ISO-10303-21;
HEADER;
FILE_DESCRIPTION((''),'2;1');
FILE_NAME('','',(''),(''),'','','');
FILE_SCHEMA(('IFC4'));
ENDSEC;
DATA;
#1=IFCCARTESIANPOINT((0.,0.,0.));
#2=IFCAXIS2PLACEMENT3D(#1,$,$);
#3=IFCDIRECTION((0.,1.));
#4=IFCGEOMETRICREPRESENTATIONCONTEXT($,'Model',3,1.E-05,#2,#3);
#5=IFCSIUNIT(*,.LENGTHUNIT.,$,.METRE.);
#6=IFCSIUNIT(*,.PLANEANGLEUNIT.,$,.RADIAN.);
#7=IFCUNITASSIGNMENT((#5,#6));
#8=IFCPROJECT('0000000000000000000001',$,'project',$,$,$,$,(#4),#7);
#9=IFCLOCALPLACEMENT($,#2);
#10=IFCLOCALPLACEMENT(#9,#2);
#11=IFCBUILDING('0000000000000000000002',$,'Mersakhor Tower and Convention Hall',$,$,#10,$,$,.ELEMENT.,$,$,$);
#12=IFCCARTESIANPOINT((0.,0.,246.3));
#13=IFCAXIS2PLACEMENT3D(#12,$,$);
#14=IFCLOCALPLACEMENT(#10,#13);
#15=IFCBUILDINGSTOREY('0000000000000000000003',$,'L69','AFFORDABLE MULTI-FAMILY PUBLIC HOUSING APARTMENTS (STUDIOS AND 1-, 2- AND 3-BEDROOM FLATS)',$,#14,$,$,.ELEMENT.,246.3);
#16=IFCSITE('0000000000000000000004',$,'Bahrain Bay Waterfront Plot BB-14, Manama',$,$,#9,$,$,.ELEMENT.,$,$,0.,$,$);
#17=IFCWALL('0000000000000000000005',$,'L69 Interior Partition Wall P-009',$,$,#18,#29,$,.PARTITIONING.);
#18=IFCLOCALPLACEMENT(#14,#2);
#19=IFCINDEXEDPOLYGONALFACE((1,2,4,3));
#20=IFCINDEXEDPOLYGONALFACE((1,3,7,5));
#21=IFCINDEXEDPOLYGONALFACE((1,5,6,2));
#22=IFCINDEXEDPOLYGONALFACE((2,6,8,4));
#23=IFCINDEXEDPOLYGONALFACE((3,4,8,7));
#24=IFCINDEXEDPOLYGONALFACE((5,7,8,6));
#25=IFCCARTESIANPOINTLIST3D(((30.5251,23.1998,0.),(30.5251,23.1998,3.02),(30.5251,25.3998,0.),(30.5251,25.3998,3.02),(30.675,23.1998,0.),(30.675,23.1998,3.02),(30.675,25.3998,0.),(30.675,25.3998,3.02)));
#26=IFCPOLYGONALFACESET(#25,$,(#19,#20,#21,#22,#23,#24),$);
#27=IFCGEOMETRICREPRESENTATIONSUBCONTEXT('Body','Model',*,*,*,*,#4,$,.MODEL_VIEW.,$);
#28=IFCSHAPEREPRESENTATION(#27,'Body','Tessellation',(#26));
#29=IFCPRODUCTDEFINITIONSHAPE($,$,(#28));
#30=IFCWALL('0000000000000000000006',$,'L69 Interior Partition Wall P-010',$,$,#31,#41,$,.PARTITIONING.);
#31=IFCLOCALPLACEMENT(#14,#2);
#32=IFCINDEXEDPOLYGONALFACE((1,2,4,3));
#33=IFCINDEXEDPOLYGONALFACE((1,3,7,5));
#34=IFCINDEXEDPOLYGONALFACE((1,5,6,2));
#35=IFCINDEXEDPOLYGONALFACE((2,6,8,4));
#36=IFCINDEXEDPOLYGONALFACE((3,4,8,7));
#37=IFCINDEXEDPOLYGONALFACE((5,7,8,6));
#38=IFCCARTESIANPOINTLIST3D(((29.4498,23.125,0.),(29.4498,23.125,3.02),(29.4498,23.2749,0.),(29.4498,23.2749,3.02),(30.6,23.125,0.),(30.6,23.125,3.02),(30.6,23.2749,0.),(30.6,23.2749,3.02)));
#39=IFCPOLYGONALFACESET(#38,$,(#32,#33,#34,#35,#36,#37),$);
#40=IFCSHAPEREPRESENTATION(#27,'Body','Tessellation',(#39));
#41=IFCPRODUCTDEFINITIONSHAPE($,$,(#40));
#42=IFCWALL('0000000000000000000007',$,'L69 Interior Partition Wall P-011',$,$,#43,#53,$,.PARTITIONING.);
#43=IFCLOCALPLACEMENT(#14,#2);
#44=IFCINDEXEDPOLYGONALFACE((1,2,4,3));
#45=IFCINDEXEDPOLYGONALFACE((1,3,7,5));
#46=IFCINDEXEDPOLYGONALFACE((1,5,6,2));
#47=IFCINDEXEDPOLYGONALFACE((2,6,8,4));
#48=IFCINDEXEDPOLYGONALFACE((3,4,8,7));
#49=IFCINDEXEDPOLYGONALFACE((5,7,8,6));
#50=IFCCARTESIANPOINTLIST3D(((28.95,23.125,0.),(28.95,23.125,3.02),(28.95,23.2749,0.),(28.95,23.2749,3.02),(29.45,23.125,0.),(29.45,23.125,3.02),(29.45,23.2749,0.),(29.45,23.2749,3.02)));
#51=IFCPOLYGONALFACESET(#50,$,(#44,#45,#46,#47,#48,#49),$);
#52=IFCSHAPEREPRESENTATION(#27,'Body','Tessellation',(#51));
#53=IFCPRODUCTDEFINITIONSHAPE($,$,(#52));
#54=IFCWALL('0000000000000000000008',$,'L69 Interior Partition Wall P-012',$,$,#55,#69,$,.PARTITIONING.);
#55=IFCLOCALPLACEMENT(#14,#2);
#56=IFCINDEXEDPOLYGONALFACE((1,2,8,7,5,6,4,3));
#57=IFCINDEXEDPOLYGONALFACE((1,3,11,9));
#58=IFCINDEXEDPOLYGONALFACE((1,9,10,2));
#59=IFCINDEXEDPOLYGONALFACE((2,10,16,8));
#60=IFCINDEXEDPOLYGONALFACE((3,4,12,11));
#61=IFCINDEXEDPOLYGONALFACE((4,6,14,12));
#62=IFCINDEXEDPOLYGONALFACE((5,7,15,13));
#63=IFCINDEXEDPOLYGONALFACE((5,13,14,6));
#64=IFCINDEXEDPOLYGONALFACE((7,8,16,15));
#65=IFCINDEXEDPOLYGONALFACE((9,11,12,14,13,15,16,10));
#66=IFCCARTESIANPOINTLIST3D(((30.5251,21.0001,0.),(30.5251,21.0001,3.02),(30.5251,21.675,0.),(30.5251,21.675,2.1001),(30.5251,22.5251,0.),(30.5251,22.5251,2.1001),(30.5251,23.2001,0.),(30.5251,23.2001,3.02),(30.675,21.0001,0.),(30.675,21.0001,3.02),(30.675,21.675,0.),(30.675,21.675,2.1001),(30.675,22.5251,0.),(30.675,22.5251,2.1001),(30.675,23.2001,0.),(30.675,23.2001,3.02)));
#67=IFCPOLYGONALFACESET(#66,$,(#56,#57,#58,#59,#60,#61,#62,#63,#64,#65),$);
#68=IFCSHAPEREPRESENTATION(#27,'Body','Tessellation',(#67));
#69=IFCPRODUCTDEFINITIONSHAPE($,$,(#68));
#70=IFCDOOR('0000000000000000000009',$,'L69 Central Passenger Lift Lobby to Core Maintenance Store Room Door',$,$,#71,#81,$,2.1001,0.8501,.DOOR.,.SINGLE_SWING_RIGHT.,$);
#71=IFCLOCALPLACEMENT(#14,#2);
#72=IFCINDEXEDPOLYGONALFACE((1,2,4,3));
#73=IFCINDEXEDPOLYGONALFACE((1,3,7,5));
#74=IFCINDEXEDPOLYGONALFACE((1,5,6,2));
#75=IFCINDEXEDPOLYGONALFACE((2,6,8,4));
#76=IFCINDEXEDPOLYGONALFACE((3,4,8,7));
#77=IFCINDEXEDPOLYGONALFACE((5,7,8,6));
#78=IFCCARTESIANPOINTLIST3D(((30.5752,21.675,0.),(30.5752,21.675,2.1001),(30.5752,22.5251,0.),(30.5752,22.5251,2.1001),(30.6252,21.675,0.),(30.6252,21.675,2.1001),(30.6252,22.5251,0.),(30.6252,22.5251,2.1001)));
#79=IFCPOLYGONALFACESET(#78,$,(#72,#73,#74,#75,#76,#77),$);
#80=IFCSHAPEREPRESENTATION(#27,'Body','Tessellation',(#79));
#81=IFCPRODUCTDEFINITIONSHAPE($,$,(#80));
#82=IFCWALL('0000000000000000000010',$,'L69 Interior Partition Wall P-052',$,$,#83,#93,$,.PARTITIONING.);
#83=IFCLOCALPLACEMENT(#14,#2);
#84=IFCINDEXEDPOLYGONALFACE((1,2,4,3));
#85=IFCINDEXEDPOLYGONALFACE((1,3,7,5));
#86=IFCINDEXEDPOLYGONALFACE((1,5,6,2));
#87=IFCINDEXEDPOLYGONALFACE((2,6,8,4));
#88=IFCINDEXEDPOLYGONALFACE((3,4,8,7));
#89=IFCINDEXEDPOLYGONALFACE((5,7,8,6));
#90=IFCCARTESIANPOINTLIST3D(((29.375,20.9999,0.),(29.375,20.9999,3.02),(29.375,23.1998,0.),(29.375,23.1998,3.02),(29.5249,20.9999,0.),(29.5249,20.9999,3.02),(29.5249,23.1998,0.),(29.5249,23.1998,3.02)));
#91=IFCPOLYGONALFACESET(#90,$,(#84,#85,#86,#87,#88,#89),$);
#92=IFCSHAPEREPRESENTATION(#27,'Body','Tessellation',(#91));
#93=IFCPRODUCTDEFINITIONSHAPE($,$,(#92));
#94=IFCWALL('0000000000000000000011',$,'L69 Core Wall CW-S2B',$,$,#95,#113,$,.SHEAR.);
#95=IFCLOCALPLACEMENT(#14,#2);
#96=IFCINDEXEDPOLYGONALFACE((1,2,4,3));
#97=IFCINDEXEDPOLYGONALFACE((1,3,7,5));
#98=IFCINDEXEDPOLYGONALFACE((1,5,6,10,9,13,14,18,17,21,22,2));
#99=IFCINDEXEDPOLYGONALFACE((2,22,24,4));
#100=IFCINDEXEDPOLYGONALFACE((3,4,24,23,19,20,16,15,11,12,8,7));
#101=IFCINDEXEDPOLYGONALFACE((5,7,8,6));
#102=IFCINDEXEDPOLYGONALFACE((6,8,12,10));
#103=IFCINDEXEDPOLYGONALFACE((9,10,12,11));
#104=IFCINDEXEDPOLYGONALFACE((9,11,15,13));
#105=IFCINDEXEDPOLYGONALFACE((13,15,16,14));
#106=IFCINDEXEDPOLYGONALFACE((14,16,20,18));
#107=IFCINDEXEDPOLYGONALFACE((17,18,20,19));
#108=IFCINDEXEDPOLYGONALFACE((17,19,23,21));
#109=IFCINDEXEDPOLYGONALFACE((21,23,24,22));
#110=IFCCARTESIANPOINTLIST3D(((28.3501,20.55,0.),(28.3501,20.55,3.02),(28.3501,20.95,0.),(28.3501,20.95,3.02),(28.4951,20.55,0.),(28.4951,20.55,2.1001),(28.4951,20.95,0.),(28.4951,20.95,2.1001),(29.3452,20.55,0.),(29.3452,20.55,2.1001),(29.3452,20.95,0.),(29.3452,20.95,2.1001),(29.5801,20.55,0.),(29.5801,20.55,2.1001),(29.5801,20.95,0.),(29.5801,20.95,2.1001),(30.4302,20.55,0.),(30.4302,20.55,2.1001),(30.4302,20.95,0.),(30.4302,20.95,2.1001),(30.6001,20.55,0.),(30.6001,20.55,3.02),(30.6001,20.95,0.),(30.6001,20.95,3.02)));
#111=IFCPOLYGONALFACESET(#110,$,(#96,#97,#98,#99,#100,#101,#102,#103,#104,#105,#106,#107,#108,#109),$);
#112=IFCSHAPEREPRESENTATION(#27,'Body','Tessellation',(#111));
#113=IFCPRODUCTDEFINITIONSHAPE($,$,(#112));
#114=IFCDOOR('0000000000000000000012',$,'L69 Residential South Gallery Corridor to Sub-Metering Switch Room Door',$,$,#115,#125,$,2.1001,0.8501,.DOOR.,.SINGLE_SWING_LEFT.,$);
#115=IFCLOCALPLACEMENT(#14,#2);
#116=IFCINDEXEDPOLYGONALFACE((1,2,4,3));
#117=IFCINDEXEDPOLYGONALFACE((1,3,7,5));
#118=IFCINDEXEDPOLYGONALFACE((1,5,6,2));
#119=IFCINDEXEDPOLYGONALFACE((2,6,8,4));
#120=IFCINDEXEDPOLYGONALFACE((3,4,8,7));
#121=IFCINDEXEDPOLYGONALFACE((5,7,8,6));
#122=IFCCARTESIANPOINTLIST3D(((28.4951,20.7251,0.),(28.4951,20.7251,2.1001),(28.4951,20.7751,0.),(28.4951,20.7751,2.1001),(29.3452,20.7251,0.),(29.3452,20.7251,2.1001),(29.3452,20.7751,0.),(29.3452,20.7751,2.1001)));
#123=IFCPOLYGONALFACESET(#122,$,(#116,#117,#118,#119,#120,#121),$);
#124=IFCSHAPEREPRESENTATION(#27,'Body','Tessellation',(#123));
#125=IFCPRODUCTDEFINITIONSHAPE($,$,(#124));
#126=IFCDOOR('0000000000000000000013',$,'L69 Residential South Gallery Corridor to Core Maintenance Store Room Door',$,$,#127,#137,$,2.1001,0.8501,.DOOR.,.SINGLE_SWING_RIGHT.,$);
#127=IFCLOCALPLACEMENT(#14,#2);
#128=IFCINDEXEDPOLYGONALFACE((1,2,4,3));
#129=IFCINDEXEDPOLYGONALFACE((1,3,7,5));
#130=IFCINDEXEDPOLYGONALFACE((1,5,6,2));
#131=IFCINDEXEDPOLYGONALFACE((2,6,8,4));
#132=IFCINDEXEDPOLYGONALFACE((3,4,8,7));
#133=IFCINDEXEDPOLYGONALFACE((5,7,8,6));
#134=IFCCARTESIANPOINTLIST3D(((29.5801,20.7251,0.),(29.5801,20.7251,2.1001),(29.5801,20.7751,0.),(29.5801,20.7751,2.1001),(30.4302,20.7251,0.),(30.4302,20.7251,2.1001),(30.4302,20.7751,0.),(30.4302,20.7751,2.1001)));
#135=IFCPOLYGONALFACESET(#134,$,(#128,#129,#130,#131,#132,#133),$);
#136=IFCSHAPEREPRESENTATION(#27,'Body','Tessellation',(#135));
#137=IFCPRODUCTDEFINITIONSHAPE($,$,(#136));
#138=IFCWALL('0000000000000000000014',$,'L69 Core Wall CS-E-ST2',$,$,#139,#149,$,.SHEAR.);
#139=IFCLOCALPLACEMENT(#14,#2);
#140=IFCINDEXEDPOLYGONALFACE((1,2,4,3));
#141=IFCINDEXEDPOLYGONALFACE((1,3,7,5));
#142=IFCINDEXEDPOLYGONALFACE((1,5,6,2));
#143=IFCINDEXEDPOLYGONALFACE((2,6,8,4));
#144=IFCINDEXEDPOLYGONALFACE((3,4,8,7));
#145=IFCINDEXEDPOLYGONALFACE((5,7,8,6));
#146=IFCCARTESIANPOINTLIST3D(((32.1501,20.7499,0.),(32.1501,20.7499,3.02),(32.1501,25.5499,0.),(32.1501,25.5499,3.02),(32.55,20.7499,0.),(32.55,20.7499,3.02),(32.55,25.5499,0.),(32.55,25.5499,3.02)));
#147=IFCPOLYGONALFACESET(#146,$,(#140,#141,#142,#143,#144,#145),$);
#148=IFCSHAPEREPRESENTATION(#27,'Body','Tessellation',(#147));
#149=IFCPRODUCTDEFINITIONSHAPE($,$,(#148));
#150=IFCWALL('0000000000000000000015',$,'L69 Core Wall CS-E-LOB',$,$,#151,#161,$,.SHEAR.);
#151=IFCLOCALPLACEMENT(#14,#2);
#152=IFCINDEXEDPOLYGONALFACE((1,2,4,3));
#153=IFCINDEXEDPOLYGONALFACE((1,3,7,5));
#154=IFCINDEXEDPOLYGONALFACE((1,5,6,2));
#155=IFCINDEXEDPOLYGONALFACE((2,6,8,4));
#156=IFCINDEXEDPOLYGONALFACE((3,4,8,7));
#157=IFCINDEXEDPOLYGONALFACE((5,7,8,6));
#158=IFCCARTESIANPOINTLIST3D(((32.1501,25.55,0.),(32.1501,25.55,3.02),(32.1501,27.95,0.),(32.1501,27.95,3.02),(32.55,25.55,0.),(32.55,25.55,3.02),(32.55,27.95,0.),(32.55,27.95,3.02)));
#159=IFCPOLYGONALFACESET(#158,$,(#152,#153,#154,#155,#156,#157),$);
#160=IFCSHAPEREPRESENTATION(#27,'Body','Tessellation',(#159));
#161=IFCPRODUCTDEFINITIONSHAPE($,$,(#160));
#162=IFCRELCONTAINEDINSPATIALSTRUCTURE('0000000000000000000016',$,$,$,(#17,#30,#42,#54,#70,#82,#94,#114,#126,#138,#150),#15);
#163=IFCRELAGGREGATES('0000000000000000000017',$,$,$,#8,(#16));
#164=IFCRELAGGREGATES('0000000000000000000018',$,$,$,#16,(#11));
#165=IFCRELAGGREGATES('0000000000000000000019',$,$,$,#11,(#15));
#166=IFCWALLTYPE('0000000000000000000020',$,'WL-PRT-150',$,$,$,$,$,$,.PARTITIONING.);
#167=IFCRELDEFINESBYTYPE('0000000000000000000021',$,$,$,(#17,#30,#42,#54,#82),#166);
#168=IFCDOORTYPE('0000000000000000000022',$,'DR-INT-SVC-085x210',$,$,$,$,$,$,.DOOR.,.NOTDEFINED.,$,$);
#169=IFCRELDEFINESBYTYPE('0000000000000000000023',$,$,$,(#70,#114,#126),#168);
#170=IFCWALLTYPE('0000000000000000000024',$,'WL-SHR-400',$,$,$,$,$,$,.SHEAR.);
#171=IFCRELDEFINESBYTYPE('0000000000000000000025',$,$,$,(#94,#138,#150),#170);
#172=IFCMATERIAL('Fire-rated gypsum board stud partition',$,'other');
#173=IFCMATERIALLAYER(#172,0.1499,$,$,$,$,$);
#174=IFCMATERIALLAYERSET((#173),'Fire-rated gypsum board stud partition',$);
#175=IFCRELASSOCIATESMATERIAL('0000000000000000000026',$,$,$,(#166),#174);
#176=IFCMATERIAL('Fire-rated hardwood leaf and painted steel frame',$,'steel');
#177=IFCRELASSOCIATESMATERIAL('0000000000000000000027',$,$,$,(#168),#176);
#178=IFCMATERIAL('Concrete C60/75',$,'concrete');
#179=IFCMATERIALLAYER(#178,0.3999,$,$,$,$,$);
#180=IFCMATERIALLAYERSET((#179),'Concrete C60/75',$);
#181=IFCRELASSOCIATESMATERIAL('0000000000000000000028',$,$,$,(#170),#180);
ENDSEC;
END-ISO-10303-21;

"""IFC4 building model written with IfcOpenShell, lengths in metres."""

from ifc_helpers import new_model, si_unit, direction, frame, frame_2d, origin, place, context, subcontext, project, spatial, rectangle, extrude, material, layer, layer_set, type_object, element, fill, save


model = new_model("IFC4")

# Units and contexts
model_context = context("Model", 3, precision=1e-05, world=origin(), true_north=direction((0.0, 1.0)))
body_context = subcontext(model_context, "Body", "Model", "MODEL_VIEW")
ifc_project = project(units=[si_unit("LENGTHUNIT", "METRE"), si_unit("PLANEANGLEUNIT", "RADIAN")], contexts=[model_context])

# Site, building, storey
site_placement = place(None, origin())
site = spatial("IfcSite", under=ifc_project, at=site_placement, Name="Bahrain Bay Waterfront Plot BB-14, Manama", CompositionType="ELEMENT", RefElevation=0.0)
building_placement = place(site_placement, origin())
building = spatial("IfcBuilding", under=site, at=building_placement, Name="Mersakhor Tower and Convention Hall", CompositionType="ELEMENT")
storey_placement = place(building_placement, frame((0.0, 0.0, 246.3)))
storey = spatial("IfcBuildingStorey", under=building, at=storey_placement, Name="L69", Description="AFFORDABLE MULTI-FAMILY PUBLIC HOUSING APARTMENTS (STUDIOS AND 1-, 2- AND 3-BEDROOM FLATS)", CompositionType="ELEMENT", Elevation=246.3)

# Walls
ifc_material_1 = material(Name="Fire-rated gypsum board stud partition", Category="other")
ifc_layer_1 = layer(ifc_material_1, 0.1499)
ifc_layer_set_1 = layer_set([ifc_layer_1], Name="Fire-rated gypsum board stud partition")
wall_type_1 = type_object("IfcWallType", Name="WL-PRT-150", PredefinedType="PARTITIONING", material=ifc_layer_set_1)
wall_1_placement = place(storey_placement, frame((30.6001, 25.3999, 0.0), z_axis=(0.0, 0.0, 1.0), x_axis=(0.0, -1.0, 0.0)))
element("IfcWall", 1, at=wall_1_placement, inside=storey, type_object=wall_type_1, Name="L69 Interior Partition Wall P-009", PredefinedType="PARTITIONING", context=body_context, shape_type="SweptSolid", body=[
    extrude(rectangle(XDim=2.2, YDim=0.1499, at=frame_2d((1.1001, 0.0))), origin(), (0.0, 0.0, 1.0), 3.02),
])
wall_2_placement = place(storey_placement, frame((30.6001, 23.2, 0.0), z_axis=(0.0, 0.0, 1.0), x_axis=(-1.0, 0.0, 0.0)))
element("IfcWall", 2, at=wall_2_placement, inside=storey, type_object=wall_type_1, Name="L69 Interior Partition Wall P-010", PredefinedType="PARTITIONING", context=body_context, shape_type="SweptSolid", body=[
    extrude(rectangle(XDim=1.1501, YDim=0.1499, at=frame_2d((0.5752, 0.0))), origin(), (0.0, 0.0, 1.0), 3.02),
])
wall_3_placement = place(storey_placement, frame((29.45, 23.2, 0.0), z_axis=(0.0, 0.0, 1.0), x_axis=(-1.0, 0.0, 0.0)))
element("IfcWall", 3, at=wall_3_placement, inside=storey, type_object=wall_type_1, Name="L69 Interior Partition Wall P-011", PredefinedType="PARTITIONING", context=body_context, shape_type="SweptSolid", body=[
    extrude(rectangle(XDim=0.5, YDim=0.1499, at=frame_2d((0.25, 0.0))), origin(), (0.0, 0.0, 1.0), 3.02),
])

# Wall, opening, door
wall_4_placement = place(storey_placement, frame((30.6001, 21.0, 0.0), z_axis=(0.0, 0.0, 1.0), x_axis=(0.0, 1.0, 0.0)))
wall_4 = element("IfcWall", 4, at=wall_4_placement, inside=storey, type_object=wall_type_1, Name="L69 Interior Partition Wall P-012", PredefinedType="PARTITIONING", context=body_context, shape_type="SweptSolid", body=[
    extrude(rectangle(XDim=2.2, YDim=0.1499, at=frame_2d((1.1001, 0.0))), origin(), (0.0, 0.0, 1.0), 3.02),
])
opening_1_placement = place(wall_4_placement, frame((0.675, 0.0, 0.0)))
opening_1 = element("IfcOpeningElement", 5, at=opening_1_placement, cuts=wall_4, PredefinedType="OPENING", context=body_context, shape_type="SweptSolid", body=[
    extrude(rectangle(XDim=0.8501, YDim=2.1001, at=frame_2d((0.425, 1.05))), frame((0.0, 0.085, 0.0), z_axis=(0.0, -1.0, 0.0), x_axis=(1.0, 0.0, 0.0)), (0.0, 0.0, 1.0), 0.1699),
])
ifc_material_2 = material(Name="Fire-rated hardwood leaf and painted steel frame", Category="steel")
door_type_1 = type_object("IfcDoorType", Name="DR-INT-SVC-085x210", OperationType="NOTDEFINED", PredefinedType="DOOR", material=ifc_material_2)
door_1_placement = place(opening_1_placement, origin())
door_1 = element("IfcDoor", 6, at=door_1_placement, inside=storey, type_object=door_type_1, Name="L69 Central Passenger Lift Lobby to Core Maintenance Store Room Door", OperationType="SINGLE_SWING_RIGHT", OverallHeight=2.1001, OverallWidth=0.8501, PredefinedType="DOOR", context=body_context, shape_type="SweptSolid", body=[
    extrude(rectangle(XDim=0.8501, YDim=2.1001, at=frame_2d((0.425, 1.05))), frame((0.0, 0.0249, 0.0), z_axis=(0.0, -1.0, 0.0), x_axis=(1.0, 0.0, 0.0)), (0.0, 0.0, 1.0), 0.05),
])
fill(opening_1, door_1)

# Wall
wall_5_placement = place(storey_placement, frame((29.45, 23.2, 0.0), z_axis=(0.0, 0.0, 1.0), x_axis=(0.0, -1.0, 0.0)))
element("IfcWall", 7, at=wall_5_placement, inside=storey, type_object=wall_type_1, Name="L69 Interior Partition Wall P-052", PredefinedType="PARTITIONING", context=body_context, shape_type="SweptSolid", body=[
    extrude(rectangle(XDim=2.2, YDim=0.1499, at=frame_2d((1.1001, 0.0))), origin(), (0.0, 0.0, 1.0), 3.02),
])

# Shared definitions
ifc_material_3 = material(Name="Concrete C60/75", Category="concrete")
ifc_layer_2 = layer(ifc_material_3, 0.3999)
ifc_layer_set_2 = layer_set([ifc_layer_2], Name="Concrete C60/75")
wall_type_2 = type_object("IfcWallType", Name="WL-SHR-400", PredefinedType="SHEAR", material=ifc_layer_set_2)

# Wall, openings, doors
wall_6_placement = place(storey_placement, frame((30.6001, 20.75, 0.0), z_axis=(0.0, 0.0, 1.0), x_axis=(-1.0, 0.0, 0.0)))
wall_6 = element("IfcWall", 8, at=wall_6_placement, inside=storey, type_object=wall_type_2, Name="L69 Core Wall CW-S2B", PredefinedType="SHEAR", context=body_context, shape_type="SweptSolid", body=[
    extrude(rectangle(XDim=2.25, YDim=0.3999, at=frame_2d((1.125, 0.0))), origin(), (0.0, 0.0, 1.0), 3.02),
])
opening_2_placement = place(wall_6_placement, frame((1.2549, 0.0, 0.0)))
opening_2 = element("IfcOpeningElement", 9, at=opening_2_placement, cuts=wall_6, PredefinedType="OPENING", context=body_context, shape_type="SweptSolid", body=[
    extrude(rectangle(XDim=0.8501, YDim=2.1001, at=frame_2d((0.425, 1.05))), frame((0.0, 0.21, 0.0), z_axis=(0.0, -1.0, 0.0), x_axis=(1.0, 0.0, 0.0)), (0.0, 0.0, 1.0), 0.4199),
])
opening_3_placement = place(wall_6_placement, frame((0.1699, 0.0, 0.0)))
opening_3 = element("IfcOpeningElement", 10, at=opening_3_placement, cuts=wall_6, PredefinedType="OPENING", context=body_context, shape_type="SweptSolid", body=[
    extrude(rectangle(XDim=0.8501, YDim=2.1001, at=frame_2d((0.425, 1.05))), frame((0.0, 0.21, 0.0), z_axis=(0.0, -1.0, 0.0), x_axis=(1.0, 0.0, 0.0)), (0.0, 0.0, 1.0), 0.4199),
])
door_2_placement = place(opening_2_placement, origin())
door_2 = element("IfcDoor", 11, at=door_2_placement, inside=storey, type_object=door_type_1, Name="L69 Residential South Gallery Corridor to Sub-Metering Switch Room Door", OperationType="SINGLE_SWING_LEFT", OverallHeight=2.1001, OverallWidth=0.8501, PredefinedType="DOOR", context=body_context, shape_type="SweptSolid", body=[
    extrude(rectangle(XDim=0.8501, YDim=2.1001, at=frame_2d((0.425, 1.05))), frame((0.0, 0.0249, 0.0), z_axis=(0.0, -1.0, 0.0), x_axis=(1.0, 0.0, 0.0)), (0.0, 0.0, 1.0), 0.05),
])
fill(opening_2, door_2)
door_3_placement = place(opening_3_placement, origin())
door_3 = element("IfcDoor", 12, at=door_3_placement, inside=storey, type_object=door_type_1, Name="L69 Residential South Gallery Corridor to Core Maintenance Store Room Door", OperationType="SINGLE_SWING_RIGHT", OverallHeight=2.1001, OverallWidth=0.8501, PredefinedType="DOOR", context=body_context, shape_type="SweptSolid", body=[
    extrude(rectangle(XDim=0.8501, YDim=2.1001, at=frame_2d((0.425, 1.05))), frame((0.0, 0.0249, 0.0), z_axis=(0.0, -1.0, 0.0), x_axis=(1.0, 0.0, 0.0)), (0.0, 0.0, 1.0), 0.05),
])
fill(opening_3, door_3)

# Walls
wall_7_placement = place(storey_placement, frame((32.3501, 20.75, 0.0), z_axis=(0.0, 0.0, 1.0), x_axis=(0.0, 1.0, 0.0)))
element("IfcWall", 13, at=wall_7_placement, inside=storey, type_object=wall_type_2, Name="L69 Core Wall CS-E-ST2", PredefinedType="SHEAR", context=body_context, shape_type="SweptSolid", body=[
    extrude(rectangle(XDim=4.8, YDim=0.3999, at=frame_2d((2.3999, 0.0))), origin(), (0.0, 0.0, 1.0), 3.02),
])
wall_8_placement = place(storey_placement, frame((32.3501, 25.55, 0.0), z_axis=(0.0, 0.0, 1.0), x_axis=(0.0, 1.0, 0.0)))
element("IfcWall", 14, at=wall_8_placement, inside=storey, type_object=wall_type_2, Name="L69 Core Wall CS-E-LOB", PredefinedType="SHEAR", context=body_context, shape_type="SweptSolid", body=[
    extrude(rectangle(XDim=2.3999, YDim=0.3999, at=frame_2d((1.2, 0.0))), origin(), (0.0, 0.0, 1.0), 3.02),
])

save(model, "model.ifc")
